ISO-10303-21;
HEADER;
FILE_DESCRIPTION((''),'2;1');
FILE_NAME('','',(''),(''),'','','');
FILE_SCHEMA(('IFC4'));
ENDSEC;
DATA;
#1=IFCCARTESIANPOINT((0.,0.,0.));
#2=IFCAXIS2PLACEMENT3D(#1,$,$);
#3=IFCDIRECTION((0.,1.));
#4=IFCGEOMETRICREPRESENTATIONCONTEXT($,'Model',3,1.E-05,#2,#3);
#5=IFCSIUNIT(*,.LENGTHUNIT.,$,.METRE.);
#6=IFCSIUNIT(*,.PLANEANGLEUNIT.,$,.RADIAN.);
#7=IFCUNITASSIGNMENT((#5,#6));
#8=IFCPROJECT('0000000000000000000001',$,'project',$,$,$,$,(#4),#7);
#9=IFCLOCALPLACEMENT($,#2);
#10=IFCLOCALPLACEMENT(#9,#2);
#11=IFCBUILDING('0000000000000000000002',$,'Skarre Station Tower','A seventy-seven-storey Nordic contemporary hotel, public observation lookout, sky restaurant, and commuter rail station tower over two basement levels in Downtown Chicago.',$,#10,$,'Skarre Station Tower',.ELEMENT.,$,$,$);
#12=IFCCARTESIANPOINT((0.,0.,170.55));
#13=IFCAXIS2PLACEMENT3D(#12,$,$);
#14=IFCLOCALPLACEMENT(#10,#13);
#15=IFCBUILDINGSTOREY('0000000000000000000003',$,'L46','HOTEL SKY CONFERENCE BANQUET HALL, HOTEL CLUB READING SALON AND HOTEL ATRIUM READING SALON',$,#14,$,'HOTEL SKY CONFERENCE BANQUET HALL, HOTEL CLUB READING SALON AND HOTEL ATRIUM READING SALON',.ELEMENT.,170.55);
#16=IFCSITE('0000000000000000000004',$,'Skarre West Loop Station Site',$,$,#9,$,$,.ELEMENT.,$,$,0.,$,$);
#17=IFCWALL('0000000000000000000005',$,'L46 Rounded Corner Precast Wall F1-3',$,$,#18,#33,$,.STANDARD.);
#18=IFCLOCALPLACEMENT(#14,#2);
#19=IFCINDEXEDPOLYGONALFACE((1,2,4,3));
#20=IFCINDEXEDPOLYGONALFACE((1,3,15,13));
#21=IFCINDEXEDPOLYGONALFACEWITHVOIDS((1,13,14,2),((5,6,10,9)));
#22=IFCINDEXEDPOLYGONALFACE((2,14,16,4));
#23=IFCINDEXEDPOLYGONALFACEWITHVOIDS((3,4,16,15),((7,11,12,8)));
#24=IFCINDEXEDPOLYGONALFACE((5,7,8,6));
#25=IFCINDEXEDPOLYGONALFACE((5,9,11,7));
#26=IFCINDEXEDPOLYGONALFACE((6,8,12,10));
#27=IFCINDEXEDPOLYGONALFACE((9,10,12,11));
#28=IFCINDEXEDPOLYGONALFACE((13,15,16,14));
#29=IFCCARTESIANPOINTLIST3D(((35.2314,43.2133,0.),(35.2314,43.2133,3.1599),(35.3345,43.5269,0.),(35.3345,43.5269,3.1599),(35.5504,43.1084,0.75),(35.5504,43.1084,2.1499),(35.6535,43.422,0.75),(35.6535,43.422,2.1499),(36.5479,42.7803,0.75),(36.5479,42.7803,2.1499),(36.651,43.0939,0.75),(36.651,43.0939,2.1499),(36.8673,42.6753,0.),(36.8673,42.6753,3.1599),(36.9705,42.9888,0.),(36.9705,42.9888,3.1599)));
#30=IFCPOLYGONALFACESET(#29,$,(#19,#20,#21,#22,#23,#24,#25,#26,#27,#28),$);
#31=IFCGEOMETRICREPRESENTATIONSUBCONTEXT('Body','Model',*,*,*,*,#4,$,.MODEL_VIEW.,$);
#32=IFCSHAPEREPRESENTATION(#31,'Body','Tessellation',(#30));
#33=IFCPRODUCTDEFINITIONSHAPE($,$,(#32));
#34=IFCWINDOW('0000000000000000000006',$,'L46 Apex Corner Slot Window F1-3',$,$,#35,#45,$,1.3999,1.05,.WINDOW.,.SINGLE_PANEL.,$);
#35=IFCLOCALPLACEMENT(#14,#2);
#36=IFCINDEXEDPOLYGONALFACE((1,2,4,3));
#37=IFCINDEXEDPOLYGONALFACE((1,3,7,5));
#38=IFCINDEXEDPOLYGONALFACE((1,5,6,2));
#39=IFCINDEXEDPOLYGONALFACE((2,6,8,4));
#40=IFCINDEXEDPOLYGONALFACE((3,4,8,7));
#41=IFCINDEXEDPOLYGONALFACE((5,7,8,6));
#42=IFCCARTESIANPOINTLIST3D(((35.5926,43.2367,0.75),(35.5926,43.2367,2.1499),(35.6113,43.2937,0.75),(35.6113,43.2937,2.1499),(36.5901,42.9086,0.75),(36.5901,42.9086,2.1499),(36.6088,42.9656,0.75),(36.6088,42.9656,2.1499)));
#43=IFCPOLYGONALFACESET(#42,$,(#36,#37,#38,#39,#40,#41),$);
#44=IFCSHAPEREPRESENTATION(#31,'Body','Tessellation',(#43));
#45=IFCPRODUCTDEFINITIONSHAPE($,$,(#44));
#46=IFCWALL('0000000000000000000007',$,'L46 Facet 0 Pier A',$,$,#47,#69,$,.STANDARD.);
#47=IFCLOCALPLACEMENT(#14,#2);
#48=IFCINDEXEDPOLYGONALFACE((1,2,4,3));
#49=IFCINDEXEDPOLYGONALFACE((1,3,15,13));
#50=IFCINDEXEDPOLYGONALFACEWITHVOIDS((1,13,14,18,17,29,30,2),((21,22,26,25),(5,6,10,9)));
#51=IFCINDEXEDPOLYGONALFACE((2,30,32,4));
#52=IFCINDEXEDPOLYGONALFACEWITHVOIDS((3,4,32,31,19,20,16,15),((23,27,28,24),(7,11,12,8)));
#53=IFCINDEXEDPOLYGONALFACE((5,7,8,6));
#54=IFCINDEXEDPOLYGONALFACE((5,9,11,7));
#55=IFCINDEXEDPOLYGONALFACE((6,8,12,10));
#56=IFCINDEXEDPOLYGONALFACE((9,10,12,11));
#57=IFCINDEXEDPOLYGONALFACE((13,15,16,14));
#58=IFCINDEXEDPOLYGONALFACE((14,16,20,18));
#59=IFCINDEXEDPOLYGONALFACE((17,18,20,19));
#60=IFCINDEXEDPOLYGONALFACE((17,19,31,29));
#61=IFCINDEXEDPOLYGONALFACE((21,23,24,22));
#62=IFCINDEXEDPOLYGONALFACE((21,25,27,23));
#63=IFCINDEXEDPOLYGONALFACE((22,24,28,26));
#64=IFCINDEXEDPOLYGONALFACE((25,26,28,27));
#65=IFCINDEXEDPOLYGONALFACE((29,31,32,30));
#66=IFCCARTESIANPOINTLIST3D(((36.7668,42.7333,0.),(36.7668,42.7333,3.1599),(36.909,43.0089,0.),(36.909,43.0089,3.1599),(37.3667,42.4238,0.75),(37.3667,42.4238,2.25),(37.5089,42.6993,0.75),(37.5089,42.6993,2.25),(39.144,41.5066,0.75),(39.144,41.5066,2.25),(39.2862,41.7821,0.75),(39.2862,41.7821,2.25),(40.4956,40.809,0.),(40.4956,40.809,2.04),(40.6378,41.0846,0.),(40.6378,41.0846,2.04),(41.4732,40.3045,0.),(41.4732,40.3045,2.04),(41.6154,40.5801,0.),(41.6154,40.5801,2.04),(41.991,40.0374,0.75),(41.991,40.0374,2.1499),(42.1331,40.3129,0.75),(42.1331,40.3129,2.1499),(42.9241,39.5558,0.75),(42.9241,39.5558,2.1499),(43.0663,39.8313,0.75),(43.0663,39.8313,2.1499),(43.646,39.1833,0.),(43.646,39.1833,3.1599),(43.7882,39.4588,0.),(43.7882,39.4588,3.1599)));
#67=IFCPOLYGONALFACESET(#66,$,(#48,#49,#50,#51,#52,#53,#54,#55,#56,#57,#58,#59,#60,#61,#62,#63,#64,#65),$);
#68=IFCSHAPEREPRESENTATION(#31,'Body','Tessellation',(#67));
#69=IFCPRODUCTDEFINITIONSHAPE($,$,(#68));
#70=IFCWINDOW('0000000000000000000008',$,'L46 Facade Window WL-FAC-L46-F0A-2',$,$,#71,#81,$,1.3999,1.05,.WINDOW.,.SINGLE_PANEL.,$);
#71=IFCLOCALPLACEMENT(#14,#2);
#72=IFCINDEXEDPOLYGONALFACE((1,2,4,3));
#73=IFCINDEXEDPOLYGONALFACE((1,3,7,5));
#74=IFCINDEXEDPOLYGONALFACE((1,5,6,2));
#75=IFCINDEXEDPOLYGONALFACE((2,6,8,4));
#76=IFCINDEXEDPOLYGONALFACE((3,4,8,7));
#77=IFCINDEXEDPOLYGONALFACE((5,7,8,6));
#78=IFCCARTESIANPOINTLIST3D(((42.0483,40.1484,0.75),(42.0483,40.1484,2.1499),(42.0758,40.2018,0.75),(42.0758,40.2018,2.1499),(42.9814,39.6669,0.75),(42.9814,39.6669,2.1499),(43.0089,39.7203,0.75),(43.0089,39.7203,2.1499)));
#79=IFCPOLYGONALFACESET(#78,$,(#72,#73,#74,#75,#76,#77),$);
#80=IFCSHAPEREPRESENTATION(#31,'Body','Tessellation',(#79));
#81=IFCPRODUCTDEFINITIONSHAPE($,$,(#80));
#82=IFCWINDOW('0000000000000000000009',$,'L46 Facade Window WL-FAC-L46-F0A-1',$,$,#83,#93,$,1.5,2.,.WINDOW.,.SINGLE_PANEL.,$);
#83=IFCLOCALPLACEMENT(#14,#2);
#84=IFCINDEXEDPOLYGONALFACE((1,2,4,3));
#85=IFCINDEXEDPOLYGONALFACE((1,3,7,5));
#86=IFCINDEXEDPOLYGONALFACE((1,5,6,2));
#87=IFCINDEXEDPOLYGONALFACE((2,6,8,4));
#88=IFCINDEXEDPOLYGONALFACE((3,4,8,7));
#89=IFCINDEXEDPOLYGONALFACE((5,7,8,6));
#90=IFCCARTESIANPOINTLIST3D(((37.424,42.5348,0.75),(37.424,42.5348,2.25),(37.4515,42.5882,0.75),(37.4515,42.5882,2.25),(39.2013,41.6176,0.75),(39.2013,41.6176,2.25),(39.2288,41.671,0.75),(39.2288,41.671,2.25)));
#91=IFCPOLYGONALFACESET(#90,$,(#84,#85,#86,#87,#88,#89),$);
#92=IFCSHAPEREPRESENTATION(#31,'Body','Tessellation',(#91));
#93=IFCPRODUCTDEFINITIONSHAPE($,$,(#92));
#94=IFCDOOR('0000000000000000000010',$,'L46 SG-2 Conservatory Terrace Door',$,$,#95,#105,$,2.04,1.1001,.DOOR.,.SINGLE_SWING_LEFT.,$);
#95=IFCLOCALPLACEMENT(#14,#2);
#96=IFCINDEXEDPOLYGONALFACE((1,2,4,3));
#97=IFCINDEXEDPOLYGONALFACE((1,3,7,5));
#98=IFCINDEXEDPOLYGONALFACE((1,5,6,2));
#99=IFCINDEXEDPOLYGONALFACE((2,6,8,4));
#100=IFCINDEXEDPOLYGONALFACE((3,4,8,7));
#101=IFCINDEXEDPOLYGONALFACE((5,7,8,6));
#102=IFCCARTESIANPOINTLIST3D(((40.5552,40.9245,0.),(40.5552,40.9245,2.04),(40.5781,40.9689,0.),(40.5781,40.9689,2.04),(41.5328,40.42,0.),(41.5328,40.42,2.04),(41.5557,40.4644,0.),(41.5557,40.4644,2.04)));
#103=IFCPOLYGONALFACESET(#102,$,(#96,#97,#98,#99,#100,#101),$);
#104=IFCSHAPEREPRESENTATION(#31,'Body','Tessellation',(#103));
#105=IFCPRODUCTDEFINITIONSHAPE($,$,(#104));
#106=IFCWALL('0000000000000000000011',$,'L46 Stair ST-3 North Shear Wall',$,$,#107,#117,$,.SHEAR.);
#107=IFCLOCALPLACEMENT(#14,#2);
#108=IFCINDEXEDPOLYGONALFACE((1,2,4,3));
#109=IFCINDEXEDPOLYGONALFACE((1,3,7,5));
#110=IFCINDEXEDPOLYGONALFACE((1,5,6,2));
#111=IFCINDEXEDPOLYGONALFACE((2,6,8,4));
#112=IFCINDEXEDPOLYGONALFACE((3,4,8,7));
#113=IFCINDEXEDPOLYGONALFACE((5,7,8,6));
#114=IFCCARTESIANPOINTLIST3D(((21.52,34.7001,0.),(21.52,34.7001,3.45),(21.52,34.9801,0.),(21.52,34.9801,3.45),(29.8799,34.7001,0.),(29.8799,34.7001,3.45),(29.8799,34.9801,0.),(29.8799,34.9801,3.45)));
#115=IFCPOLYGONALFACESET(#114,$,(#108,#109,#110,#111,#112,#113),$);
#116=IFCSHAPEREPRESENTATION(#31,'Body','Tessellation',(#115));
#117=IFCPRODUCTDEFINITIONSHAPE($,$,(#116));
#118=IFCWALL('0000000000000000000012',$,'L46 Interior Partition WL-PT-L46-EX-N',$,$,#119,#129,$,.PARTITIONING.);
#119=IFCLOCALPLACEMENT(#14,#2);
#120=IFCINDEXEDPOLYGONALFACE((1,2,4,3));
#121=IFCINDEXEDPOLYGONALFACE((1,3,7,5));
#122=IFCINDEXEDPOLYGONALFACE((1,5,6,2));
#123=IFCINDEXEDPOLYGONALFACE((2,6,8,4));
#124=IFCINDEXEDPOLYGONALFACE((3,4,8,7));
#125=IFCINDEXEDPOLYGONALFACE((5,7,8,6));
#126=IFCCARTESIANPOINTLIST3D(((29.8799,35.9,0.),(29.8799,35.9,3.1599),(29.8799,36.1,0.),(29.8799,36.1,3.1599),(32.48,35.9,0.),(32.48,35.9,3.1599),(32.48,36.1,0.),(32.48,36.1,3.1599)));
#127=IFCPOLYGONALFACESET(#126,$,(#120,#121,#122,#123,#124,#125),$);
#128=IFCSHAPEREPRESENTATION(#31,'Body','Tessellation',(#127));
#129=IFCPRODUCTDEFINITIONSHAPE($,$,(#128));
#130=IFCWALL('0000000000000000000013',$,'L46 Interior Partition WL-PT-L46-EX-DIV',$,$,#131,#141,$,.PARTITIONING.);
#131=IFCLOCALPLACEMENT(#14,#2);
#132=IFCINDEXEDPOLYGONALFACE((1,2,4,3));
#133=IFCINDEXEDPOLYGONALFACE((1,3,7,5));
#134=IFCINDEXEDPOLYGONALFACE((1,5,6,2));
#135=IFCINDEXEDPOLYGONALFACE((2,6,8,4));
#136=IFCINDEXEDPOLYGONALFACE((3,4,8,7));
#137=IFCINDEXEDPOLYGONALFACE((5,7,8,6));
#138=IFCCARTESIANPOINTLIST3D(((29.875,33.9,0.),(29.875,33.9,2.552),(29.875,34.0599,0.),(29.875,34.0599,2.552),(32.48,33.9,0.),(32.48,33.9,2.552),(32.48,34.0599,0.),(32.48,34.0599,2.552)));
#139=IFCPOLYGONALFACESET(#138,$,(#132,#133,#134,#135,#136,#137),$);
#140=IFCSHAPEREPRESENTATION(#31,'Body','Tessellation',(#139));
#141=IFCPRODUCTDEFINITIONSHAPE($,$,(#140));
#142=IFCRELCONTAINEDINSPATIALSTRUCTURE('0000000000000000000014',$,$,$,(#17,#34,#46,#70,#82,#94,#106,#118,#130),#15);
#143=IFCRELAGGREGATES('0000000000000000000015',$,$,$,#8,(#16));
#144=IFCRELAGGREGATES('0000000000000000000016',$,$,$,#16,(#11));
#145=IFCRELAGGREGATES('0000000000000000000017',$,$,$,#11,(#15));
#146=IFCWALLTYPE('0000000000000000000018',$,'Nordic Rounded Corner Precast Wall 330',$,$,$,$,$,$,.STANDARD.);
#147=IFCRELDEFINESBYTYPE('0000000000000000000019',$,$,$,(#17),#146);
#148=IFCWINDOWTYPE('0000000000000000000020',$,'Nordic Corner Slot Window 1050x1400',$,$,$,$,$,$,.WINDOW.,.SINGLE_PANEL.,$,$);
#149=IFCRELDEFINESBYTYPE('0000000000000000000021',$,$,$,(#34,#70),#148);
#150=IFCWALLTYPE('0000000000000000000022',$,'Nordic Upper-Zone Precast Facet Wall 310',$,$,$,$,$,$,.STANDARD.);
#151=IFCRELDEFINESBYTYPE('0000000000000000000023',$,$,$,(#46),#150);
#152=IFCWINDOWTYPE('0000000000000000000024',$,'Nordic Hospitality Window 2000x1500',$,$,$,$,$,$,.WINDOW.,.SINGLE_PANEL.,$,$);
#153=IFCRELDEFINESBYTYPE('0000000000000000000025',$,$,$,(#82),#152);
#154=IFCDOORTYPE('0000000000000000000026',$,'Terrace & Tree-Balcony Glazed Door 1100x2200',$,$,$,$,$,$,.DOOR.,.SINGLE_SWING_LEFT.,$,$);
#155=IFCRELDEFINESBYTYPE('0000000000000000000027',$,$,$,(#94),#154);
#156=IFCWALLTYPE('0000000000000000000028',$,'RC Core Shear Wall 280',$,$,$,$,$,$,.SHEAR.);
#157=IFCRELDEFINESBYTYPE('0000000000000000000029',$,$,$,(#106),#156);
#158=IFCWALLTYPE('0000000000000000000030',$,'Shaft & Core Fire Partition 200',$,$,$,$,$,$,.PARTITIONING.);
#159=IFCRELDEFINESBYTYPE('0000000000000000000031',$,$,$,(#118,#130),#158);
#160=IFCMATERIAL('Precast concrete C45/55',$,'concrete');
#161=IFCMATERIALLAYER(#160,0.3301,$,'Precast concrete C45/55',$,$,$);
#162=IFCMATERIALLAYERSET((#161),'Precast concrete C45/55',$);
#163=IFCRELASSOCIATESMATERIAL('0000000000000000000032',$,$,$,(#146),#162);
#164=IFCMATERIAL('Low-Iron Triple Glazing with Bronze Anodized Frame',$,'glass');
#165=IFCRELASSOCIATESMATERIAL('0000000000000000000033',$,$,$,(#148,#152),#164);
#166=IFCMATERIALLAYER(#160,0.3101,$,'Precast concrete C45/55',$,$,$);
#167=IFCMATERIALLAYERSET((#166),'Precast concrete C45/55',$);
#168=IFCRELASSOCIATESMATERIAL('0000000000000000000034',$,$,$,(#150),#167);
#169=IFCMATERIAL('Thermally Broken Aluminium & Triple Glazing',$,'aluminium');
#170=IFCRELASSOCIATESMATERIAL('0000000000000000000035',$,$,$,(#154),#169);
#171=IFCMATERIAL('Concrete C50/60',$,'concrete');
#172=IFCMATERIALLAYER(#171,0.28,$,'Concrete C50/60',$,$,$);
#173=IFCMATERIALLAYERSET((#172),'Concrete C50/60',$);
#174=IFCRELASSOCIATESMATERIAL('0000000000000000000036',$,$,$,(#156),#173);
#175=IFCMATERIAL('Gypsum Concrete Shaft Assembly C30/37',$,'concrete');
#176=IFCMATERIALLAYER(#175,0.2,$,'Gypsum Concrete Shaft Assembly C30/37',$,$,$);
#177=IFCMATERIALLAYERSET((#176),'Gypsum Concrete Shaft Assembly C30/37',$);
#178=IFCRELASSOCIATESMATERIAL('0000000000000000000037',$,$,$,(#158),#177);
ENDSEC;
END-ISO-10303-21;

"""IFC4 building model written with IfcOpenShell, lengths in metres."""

from ifc_helpers import new_model, si_unit, direction, frame, frame_2d, origin, place, context, subcontext, project, spatial, rectangle, extrude, material, layer, layer_set, type_object, element, fill, save


model = new_model("IFC4")

# Units and contexts
model_context = context("Model", 3, precision=1e-05, world=origin(), true_north=direction((0.0, 1.0)))
body_context = subcontext(model_context, "Body", "Model", "MODEL_VIEW")
ifc_project = project(units=[si_unit("LENGTHUNIT", "METRE"), si_unit("PLANEANGLEUNIT", "RADIAN")], contexts=[model_context])

# Site, building, storey
site_placement = place(None, origin())
site = spatial("IfcSite", under=ifc_project, at=site_placement, Name="Skarre West Loop Station Site", CompositionType="ELEMENT", RefElevation=0.0)
building_placement = place(site_placement, origin())
building = spatial("IfcBuilding", under=site, at=building_placement, Name="Skarre Station Tower", Description="A seventy-seven-storey Nordic contemporary hotel, public observation lookout, sky restaurant, and commuter rail station tower over two basement levels in Downtown Chicago.", LongName="Skarre Station Tower", CompositionType="ELEMENT")
storey_placement = place(building_placement, frame((0.0, 0.0, 170.55)))
storey = spatial("IfcBuildingStorey", under=building, at=storey_placement, Name="L46", Description="HOTEL SKY CONFERENCE BANQUET HALL, HOTEL CLUB READING SALON AND HOTEL ATRIUM READING SALON", LongName="HOTEL SKY CONFERENCE BANQUET HALL, HOTEL CLUB READING SALON AND HOTEL ATRIUM READING SALON", CompositionType="ELEMENT", Elevation=170.55)

# Shared definitions
ifc_material_1 = material(Name="Concrete C50/60", Category="concrete")

# Shared definitions
ifc_material_2 = material(Name="Precast concrete C45/55", Category="concrete")
ifc_layer_1 = layer(ifc_material_2, 0.3301, Name="Precast concrete C45/55")
ifc_layer_set_1 = layer_set([ifc_layer_1], Name="Precast concrete C45/55")
wall_type_1 = type_object("IfcWallType", Name="Nordic Rounded Corner Precast Wall 330", PredefinedType="STANDARD", material=ifc_layer_set_1)

# Wall, opening, window
wall_1_placement = place(storey_placement, frame((35.283, 43.3701, 0.0), z_axis=(0.0, 0.0, 1.0), x_axis=(0.949937, -0.31244, 0.0)))
wall_1 = element("IfcWall", 1, at=wall_1_placement, inside=storey, type_object=wall_type_1, Name="L46 Rounded Corner Precast Wall F1-3", PredefinedType="STANDARD", context=body_context, shape_type="SweptSolid", body=[
    extrude(rectangle(XDim=1.7222, YDim=0.3301, at=frame_2d((0.8611, 0.0))), origin(), (0.0, 0.0, 1.0), 3.1599),
])
opening_1_placement = place(wall_1_placement, frame((0.3359, 0.0, 0.75)))
opening_1 = element("IfcOpeningElement", 2, at=opening_1_placement, cuts=wall_1, PredefinedType="OPENING", context=body_context, shape_type="SweptSolid", body=[
    extrude(rectangle(XDim=1.05, YDim=1.3999, at=frame_2d((0.5249, 0.7))), frame((0.0, 0.175, 0.0), z_axis=(0.0, -1.0, 0.0), x_axis=(1.0, 0.0, 0.0)), (0.0, 0.0, 1.0), 0.3501),
])
ifc_material_3 = material(Name="Low-Iron Triple Glazing with Bronze Anodized Frame", Category="glass")
window_type_1 = type_object("IfcWindowType", Name="Nordic Corner Slot Window 1050x1400", PartitioningType="SINGLE_PANEL", PredefinedType="WINDOW", material=ifc_material_3)
window_1_placement = place(opening_1_placement, origin())
window_1 = element("IfcWindow", 3, at=window_1_placement, inside=storey, type_object=window_type_1, Name="L46 Apex Corner Slot Window F1-3", OverallHeight=1.3999, OverallWidth=1.05, PartitioningType="SINGLE_PANEL", PredefinedType="WINDOW", context=body_context, shape_type="SweptSolid", body=[
    extrude(rectangle(XDim=1.05, YDim=1.3999, at=frame_2d((0.5249, 0.7))), frame((0.0, 0.03, 0.0), z_axis=(0.0, -1.0, 0.0), x_axis=(1.0, 0.0, 0.0)), (0.0, 0.0, 1.0), 0.0601),
])
fill(opening_1, window_1)

# Wall, openings, windows, door
ifc_layer_2 = layer(ifc_material_2, 0.3101, Name="Precast concrete C45/55")
ifc_layer_set_2 = layer_set([ifc_layer_2], Name="Precast concrete C45/55")
wall_type_2 = type_object("IfcWallType", Name="Nordic Upper-Zone Precast Facet Wall 310", PredefinedType="STANDARD", material=ifc_layer_set_2)
wall_2_placement = place(storey_placement, frame((36.8379, 42.8711, 0.0), z_axis=(0.0, 0.0, 1.0), x_axis=(0.888646, -0.458594, 0.0)))
wall_2 = element("IfcWall", 4, at=wall_2_placement, inside=storey, type_object=wall_type_2, Name="L46 Facet 0 Pier A", PredefinedType="STANDARD", context=body_context, shape_type="SweptSolid", body=[
    extrude(rectangle(XDim=7.7412, YDim=0.3101, at=frame_2d((3.8706, 0.0))), origin(), (0.0, 0.0, 1.0), 3.1599),
])
opening_2_placement = place(wall_2_placement, frame((4.196, 0.0, 0.0)))
opening_2 = element("IfcOpeningElement", 5, at=opening_2_placement, cuts=wall_2, PredefinedType="OPENING", context=body_context, shape_type="SweptSolid", body=[
    extrude(rectangle(XDim=1.1001, YDim=2.04, at=frame_2d((0.55, 1.02))), frame((0.0, 0.165, 0.0), z_axis=(0.0, -1.0, 0.0), x_axis=(1.0, 0.0, 0.0)), (0.0, 0.0, 1.0), 0.3301),
])
opening_3_placement = place(wall_2_placement, frame((0.675, 0.0, 0.75)))
opening_3 = element("IfcOpeningElement", 6, at=opening_3_placement, cuts=wall_2, PredefinedType="OPENING", context=body_context, shape_type="SweptSolid", body=[
    extrude(rectangle(XDim=2.0, YDim=1.5, at=frame_2d((1.0, 0.75))), frame((0.0, 0.165, 0.0), z_axis=(0.0, -1.0, 0.0), x_axis=(1.0, 0.0, 0.0)), (0.0, 0.0, 1.0), 0.3301),
])
opening_4_placement = place(wall_2_placement, frame((5.8789, 0.0, 0.75)))
opening_4 = element("IfcOpeningElement", 7, at=opening_4_placement, cuts=wall_2, PredefinedType="OPENING", context=body_context, shape_type="SweptSolid", body=[
    extrude(rectangle(XDim=1.05, YDim=1.3999, at=frame_2d((0.5249, 0.7))), frame((0.0, 0.165, 0.0), z_axis=(0.0, -1.0, 0.0), x_axis=(1.0, 0.0, 0.0)), (0.0, 0.0, 1.0), 0.3301),
])
window_2_placement = place(opening_4_placement, origin())
window_2 = element("IfcWindow", 8, at=window_2_placement, inside=storey, type_object=window_type_1, Name="L46 Facade Window WL-FAC-L46-F0A-2", OverallHeight=1.3999, OverallWidth=1.05, PartitioningType="SINGLE_PANEL", PredefinedType="WINDOW", context=body_context, shape_type="SweptSolid", body=[
    extrude(rectangle(XDim=1.05, YDim=1.3999, at=frame_2d((0.5249, 0.7))), frame((0.0, 0.03, 0.0), z_axis=(0.0, -1.0, 0.0), x_axis=(1.0, 0.0, 0.0)), (0.0, 0.0, 1.0), 0.0601),
])
fill(opening_4, window_2)
window_type_2 = type_object("IfcWindowType", Name="Nordic Hospitality Window 2000x1500", PartitioningType="SINGLE_PANEL", PredefinedType="WINDOW", material=ifc_material_3)
window_3_placement = place(opening_3_placement, origin())
window_3 = element("IfcWindow", 9, at=window_3_placement, inside=storey, type_object=window_type_2, Name="L46 Facade Window WL-FAC-L46-F0A-1", OverallHeight=1.5, OverallWidth=2.0, PartitioningType="SINGLE_PANEL", PredefinedType="WINDOW", context=body_context, shape_type="SweptSolid", body=[
    extrude(rectangle(XDim=2.0, YDim=1.5, at=frame_2d((1.0, 0.75))), frame((0.0, 0.03, 0.0), z_axis=(0.0, -1.0, 0.0), x_axis=(1.0, 0.0, 0.0)), (0.0, 0.0, 1.0), 0.0601),
])
fill(opening_3, window_3)
ifc_material_4 = material(Name="Thermally Broken Aluminium & Triple Glazing", Category="aluminium")
door_type_1 = type_object("IfcDoorType", Name="Terrace & Tree-Balcony Glazed Door 1100x2200", OperationType="SINGLE_SWING_LEFT", PredefinedType="DOOR", material=ifc_material_4)
door_1_placement = place(opening_2_placement, origin())
door_1 = element("IfcDoor", 10, at=door_1_placement, inside=storey, type_object=door_type_1, Name="L46 SG-2 Conservatory Terrace Door", OperationType="SINGLE_SWING_LEFT", OverallHeight=2.04, OverallWidth=1.1001, PredefinedType="DOOR", context=body_context, shape_type="SweptSolid", body=[
    extrude(rectangle(XDim=1.1001, YDim=2.04, at=frame_2d((0.55, 1.02))), frame((0.0, 0.0249, 0.0), z_axis=(0.0, -1.0, 0.0), x_axis=(1.0, 0.0, 0.0)), (0.0, 0.0, 1.0), 0.05),
])
fill(opening_2, door_1)

# Walls
ifc_layer_3 = layer(ifc_material_1, 0.28, Name="Concrete C50/60")
ifc_layer_set_3 = layer_set([ifc_layer_3], Name="Concrete C50/60")
wall_type_3 = type_object("IfcWallType", Name="RC Core Shear Wall 280", PredefinedType="SHEAR", material=ifc_layer_set_3)
wall_3_placement = place(storey_placement, frame((29.8799, 34.8401, 0.0), z_axis=(0.0, 0.0, 1.0), x_axis=(-1.0, 0.0, 0.0)))
element("IfcWall", 11, at=wall_3_placement, inside=storey, type_object=wall_type_3, Name="L46 Stair ST-3 North Shear Wall", PredefinedType="SHEAR", context=body_context, shape_type="SweptSolid", body=[
    extrude(rectangle(XDim=8.3599, YDim=0.28, at=frame_2d((4.1799, 0.0))), origin(), (0.0, 0.0, 1.0), 3.45),
])
ifc_material_5 = material(Name="Gypsum Concrete Shaft Assembly C30/37", Category="concrete")
ifc_layer_4 = layer(ifc_material_5, 0.2, Name="Gypsum Concrete Shaft Assembly C30/37")
ifc_layer_set_4 = layer_set([ifc_layer_4], Name="Gypsum Concrete Shaft Assembly C30/37")
wall_type_4 = type_object("IfcWallType", Name="Shaft & Core Fire Partition 200", PredefinedType="PARTITIONING", material=ifc_layer_set_4)
wall_4_placement = place(storey_placement, frame((29.8799, 36.0, 0.0), z_axis=(0.0, 0.0, 1.0), x_axis=(1.0, 0.0, 0.0)))
element("IfcWall", 12, at=wall_4_placement, inside=storey, type_object=wall_type_4, Name="L46 Interior Partition WL-PT-L46-EX-N", PredefinedType="PARTITIONING", context=body_context, shape_type="SweptSolid", body=[
    extrude(rectangle(XDim=2.6001, YDim=0.2, at=frame_2d((1.3, 0.0))), origin(), (0.0, 0.0, 1.0), 3.1599),
])
wall_5_placement = place(storey_placement, frame((29.875, 33.98, 0.0), z_axis=(0.0, 0.0, 1.0), x_axis=(1.0, 0.0, 0.0)))
element("IfcWall", 13, at=wall_5_placement, inside=storey, type_object=wall_type_4, Name="L46 Interior Partition WL-PT-L46-EX-DIV", PredefinedType="PARTITIONING", context=body_context, shape_type="SweptSolid", body=[
    extrude(rectangle(XDim=2.605, YDim=0.1599, at=frame_2d((1.3025, 0.0))), origin(), (0.0, 0.0, 1.0), 2.552),
])

save(model, "model.ifc")
